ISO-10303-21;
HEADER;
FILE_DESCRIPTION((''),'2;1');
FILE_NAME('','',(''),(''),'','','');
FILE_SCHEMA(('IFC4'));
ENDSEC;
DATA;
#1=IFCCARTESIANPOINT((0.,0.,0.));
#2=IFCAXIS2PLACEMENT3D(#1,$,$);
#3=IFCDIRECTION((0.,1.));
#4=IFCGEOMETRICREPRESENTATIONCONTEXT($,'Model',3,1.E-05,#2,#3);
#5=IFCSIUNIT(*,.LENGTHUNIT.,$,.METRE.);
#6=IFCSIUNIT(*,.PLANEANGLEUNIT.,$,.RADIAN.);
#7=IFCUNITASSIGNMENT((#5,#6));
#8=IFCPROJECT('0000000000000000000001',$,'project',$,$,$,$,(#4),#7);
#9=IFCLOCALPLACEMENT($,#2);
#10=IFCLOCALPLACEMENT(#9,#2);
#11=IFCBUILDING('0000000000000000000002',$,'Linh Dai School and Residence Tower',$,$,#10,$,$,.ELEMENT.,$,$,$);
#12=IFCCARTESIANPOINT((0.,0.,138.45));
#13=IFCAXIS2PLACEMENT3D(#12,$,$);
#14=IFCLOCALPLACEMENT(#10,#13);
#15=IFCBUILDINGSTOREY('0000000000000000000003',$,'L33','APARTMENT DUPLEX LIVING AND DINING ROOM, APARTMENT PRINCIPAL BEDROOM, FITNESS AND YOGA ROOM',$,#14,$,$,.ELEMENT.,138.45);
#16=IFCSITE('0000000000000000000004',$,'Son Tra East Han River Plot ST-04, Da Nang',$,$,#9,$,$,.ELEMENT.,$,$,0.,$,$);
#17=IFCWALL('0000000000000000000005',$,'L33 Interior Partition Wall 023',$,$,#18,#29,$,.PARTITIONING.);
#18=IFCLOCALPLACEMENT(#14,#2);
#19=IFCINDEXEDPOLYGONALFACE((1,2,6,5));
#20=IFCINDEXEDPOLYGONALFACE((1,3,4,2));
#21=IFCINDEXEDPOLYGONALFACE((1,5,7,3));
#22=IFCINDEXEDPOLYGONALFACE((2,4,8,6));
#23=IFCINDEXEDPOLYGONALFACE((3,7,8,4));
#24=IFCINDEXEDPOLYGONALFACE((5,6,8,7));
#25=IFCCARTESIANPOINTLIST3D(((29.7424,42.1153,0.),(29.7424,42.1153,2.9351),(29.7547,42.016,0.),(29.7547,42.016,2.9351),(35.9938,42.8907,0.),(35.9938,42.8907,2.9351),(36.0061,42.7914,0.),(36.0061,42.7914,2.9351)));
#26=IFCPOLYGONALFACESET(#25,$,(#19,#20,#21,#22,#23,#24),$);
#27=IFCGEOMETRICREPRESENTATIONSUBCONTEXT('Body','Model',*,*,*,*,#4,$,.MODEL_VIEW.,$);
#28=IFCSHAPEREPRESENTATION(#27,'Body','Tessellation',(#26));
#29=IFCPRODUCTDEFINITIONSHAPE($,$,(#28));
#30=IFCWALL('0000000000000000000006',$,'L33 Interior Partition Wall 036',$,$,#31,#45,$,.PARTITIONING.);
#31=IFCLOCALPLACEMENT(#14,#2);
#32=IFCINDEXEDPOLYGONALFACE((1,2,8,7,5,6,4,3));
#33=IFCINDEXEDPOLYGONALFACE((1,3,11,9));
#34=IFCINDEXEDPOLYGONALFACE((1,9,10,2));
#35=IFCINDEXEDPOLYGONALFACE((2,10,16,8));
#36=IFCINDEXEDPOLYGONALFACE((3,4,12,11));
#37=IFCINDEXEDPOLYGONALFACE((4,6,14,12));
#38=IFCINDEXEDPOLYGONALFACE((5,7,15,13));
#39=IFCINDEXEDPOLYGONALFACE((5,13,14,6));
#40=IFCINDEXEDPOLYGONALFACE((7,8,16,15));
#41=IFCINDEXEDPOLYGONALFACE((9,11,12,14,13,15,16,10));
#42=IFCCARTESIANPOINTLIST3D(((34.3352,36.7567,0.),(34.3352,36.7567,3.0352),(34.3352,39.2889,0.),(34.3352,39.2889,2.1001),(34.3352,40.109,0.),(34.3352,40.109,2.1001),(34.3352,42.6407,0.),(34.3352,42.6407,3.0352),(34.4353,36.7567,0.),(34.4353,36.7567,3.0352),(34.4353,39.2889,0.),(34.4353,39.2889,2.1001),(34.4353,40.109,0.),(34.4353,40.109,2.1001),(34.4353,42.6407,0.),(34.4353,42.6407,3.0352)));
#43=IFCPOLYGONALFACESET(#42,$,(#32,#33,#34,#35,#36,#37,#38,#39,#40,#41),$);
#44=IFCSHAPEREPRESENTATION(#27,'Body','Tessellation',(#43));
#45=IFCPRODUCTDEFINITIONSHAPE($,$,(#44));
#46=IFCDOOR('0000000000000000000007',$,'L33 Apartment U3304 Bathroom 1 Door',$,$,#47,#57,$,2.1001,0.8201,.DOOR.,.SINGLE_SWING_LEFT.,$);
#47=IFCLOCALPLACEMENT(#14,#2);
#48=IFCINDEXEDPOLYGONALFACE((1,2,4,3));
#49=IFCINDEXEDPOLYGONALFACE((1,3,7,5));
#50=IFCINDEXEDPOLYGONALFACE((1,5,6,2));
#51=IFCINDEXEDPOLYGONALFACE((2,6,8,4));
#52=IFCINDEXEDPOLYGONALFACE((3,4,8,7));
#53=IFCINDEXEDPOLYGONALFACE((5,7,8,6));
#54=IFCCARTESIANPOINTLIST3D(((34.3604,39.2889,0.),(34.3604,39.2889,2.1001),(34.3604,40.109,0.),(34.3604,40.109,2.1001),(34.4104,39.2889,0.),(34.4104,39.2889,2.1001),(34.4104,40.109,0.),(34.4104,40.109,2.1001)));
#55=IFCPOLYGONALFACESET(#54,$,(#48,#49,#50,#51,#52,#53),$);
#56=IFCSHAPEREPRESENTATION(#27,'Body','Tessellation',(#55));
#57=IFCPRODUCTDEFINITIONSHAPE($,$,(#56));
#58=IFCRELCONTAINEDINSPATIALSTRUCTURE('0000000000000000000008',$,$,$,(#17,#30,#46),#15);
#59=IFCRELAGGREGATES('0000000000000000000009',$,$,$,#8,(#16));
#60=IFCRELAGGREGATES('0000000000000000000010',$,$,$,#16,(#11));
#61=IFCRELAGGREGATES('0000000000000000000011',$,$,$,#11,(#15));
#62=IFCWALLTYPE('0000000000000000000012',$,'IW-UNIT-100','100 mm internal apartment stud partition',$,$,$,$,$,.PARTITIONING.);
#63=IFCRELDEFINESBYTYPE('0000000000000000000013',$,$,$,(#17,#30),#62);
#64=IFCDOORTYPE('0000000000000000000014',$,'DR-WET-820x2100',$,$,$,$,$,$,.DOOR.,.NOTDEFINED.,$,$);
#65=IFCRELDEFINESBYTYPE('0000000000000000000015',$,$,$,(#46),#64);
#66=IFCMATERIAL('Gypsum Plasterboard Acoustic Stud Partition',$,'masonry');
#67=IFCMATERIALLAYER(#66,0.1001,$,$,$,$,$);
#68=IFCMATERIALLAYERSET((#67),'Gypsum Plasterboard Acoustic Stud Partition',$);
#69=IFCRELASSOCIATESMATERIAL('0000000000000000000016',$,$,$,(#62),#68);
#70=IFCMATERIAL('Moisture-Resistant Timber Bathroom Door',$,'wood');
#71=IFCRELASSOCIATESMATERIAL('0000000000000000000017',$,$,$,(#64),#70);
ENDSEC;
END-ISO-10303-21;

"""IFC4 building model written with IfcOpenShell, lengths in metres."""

from ifc_helpers import new_model, si_unit, direction, frame, frame_2d, origin, origin_2d, place, context, subcontext, project, spatial, rectangle, extrude, source, transform, mapped, material, layer, layer_set, type_object, element, fill, save


model = new_model("IFC4")

# Units and contexts
model_context = context("Model", 3, precision=1e-05, world=origin(), true_north=direction((0.0, 1.0)))
body_context = subcontext(model_context, "Body", "Model", "MODEL_VIEW")
ifc_project = project(units=[si_unit("LENGTHUNIT", "METRE"), si_unit("PLANEANGLEUNIT", "RADIAN")], contexts=[model_context])

# Site, building, storey
site_placement = place(None, origin())
site = spatial("IfcSite", under=ifc_project, at=site_placement, Name="Son Tra East Han River Plot ST-04, Da Nang", CompositionType="ELEMENT", RefElevation=0.0)
building_placement = place(site_placement, origin())
building = spatial("IfcBuilding", under=site, at=building_placement, Name="Linh Dai School and Residence Tower", CompositionType="ELEMENT")
storey_placement = place(building_placement, frame((0.0, 0.0, 138.45)))
storey = spatial("IfcBuildingStorey", under=building, at=storey_placement, Name="L33", Description="APARTMENT DUPLEX LIVING AND DINING ROOM, APARTMENT PRINCIPAL BEDROOM, FITNESS AND YOGA ROOM", CompositionType="ELEMENT", Elevation=138.45)

# Wall
ifc_material_1 = material(Name="Gypsum Plasterboard Acoustic Stud Partition", Category="masonry")
ifc_layer_1 = layer(ifc_material_1, 0.1001)
ifc_layer_set_1 = layer_set([ifc_layer_1], Name="Gypsum Plasterboard Acoustic Stud Partition")
wall_type_1 = type_object("IfcWallType", Name="IW-UNIT-100", Description="100 mm internal apartment stud partition", PredefinedType="PARTITIONING", material=ifc_layer_set_1)
wall_1_placement = place(storey_placement, frame((29.7485, 42.0657, 0.0), z_axis=(0.0, 0.0, 1.0), x_axis=(0.992395, 0.12309, 0.0)))
element("IfcWall", 1, at=wall_1_placement, inside=storey, type_object=wall_type_1, Name="L33 Interior Partition Wall 023", PredefinedType="PARTITIONING", context=body_context, shape_type="SweptSolid", body=[
    extrude(rectangle(XDim=6.2993, YDim=0.1001, at=frame_2d((3.1497, 0.0))), origin(), (0.0, 0.0, 1.0), 2.9351),
])

# Wall, opening, door
wall_2_placement = place(storey_placement, frame((34.3853, 36.7568, 0.0), z_axis=(0.0, 0.0, 1.0), x_axis=(0.0, 1.0, 0.0)))
wall_2 = element("IfcWall", 2, at=wall_2_placement, inside=storey, type_object=wall_type_1, Name="L33 Interior Partition Wall 036", PredefinedType="PARTITIONING", context=body_context, shape_type="SweptSolid", body=[
    extrude(rectangle(XDim=5.884, YDim=0.1001, at=frame_2d((2.9419, 0.0))), origin(), (0.0, 0.0, 1.0), 3.0352),
])
opening_1_placement = place(wall_2_placement, frame((2.532, 0.0, 0.0)))
opening_1 = element("IfcOpeningElement", 3, at=opening_1_placement, cuts=wall_2, PredefinedType="OPENING", context=body_context, shape_type="SweptSolid", body=[
    extrude(rectangle(XDim=0.8201, YDim=2.1001, at=origin_2d()), frame((0.4102, 0.0601, 1.05), z_axis=(0.0, -1.0, 0.0), x_axis=(1.0, 0.0, 0.0)), (0.0, 0.0, 1.0), 0.1201),
])
ifc_material_2 = material(Name="Moisture-Resistant Timber Bathroom Door", Category="wood")
door_type = type_object("IfcDoorType", Name="DR-WET-820x2100", OperationType="NOTDEFINED", PredefinedType="DOOR", material=ifc_material_2)
shared_shape_1 = source(origin(), body_context, "Body", "SweptSolid", [
    extrude(rectangle(XDim=0.8201, YDim=2.1001, at=origin_2d()), frame((0.4102, 0.0249, 1.05), z_axis=(0.0, -1.0, 0.0), x_axis=(1.0, 0.0, 0.0)), (0.0, 0.0, 1.0), 0.05),
])
door_placement = place(opening_1_placement, origin())
door = element("IfcDoor", 4, at=door_placement, inside=storey, type_object=door_type, Name="L33 Apartment U3304 Bathroom 1 Door", OperationType="SINGLE_SWING_LEFT", OverallHeight=2.1001, OverallWidth=0.8201, PredefinedType="DOOR", context=body_context, shape_type="MappedRepresentation", body=[
    mapped(shared_shape_1, transform((0.0, 0.0, 0.0), x_axis=(1.0, 0.0, 0.0), y_axis=(0.0, 1.0, 0.0), z_axis=(0.0, 0.0, 1.0), scale=1.0)),
])
fill(opening_1, door)

save(model, "model.ifc")
